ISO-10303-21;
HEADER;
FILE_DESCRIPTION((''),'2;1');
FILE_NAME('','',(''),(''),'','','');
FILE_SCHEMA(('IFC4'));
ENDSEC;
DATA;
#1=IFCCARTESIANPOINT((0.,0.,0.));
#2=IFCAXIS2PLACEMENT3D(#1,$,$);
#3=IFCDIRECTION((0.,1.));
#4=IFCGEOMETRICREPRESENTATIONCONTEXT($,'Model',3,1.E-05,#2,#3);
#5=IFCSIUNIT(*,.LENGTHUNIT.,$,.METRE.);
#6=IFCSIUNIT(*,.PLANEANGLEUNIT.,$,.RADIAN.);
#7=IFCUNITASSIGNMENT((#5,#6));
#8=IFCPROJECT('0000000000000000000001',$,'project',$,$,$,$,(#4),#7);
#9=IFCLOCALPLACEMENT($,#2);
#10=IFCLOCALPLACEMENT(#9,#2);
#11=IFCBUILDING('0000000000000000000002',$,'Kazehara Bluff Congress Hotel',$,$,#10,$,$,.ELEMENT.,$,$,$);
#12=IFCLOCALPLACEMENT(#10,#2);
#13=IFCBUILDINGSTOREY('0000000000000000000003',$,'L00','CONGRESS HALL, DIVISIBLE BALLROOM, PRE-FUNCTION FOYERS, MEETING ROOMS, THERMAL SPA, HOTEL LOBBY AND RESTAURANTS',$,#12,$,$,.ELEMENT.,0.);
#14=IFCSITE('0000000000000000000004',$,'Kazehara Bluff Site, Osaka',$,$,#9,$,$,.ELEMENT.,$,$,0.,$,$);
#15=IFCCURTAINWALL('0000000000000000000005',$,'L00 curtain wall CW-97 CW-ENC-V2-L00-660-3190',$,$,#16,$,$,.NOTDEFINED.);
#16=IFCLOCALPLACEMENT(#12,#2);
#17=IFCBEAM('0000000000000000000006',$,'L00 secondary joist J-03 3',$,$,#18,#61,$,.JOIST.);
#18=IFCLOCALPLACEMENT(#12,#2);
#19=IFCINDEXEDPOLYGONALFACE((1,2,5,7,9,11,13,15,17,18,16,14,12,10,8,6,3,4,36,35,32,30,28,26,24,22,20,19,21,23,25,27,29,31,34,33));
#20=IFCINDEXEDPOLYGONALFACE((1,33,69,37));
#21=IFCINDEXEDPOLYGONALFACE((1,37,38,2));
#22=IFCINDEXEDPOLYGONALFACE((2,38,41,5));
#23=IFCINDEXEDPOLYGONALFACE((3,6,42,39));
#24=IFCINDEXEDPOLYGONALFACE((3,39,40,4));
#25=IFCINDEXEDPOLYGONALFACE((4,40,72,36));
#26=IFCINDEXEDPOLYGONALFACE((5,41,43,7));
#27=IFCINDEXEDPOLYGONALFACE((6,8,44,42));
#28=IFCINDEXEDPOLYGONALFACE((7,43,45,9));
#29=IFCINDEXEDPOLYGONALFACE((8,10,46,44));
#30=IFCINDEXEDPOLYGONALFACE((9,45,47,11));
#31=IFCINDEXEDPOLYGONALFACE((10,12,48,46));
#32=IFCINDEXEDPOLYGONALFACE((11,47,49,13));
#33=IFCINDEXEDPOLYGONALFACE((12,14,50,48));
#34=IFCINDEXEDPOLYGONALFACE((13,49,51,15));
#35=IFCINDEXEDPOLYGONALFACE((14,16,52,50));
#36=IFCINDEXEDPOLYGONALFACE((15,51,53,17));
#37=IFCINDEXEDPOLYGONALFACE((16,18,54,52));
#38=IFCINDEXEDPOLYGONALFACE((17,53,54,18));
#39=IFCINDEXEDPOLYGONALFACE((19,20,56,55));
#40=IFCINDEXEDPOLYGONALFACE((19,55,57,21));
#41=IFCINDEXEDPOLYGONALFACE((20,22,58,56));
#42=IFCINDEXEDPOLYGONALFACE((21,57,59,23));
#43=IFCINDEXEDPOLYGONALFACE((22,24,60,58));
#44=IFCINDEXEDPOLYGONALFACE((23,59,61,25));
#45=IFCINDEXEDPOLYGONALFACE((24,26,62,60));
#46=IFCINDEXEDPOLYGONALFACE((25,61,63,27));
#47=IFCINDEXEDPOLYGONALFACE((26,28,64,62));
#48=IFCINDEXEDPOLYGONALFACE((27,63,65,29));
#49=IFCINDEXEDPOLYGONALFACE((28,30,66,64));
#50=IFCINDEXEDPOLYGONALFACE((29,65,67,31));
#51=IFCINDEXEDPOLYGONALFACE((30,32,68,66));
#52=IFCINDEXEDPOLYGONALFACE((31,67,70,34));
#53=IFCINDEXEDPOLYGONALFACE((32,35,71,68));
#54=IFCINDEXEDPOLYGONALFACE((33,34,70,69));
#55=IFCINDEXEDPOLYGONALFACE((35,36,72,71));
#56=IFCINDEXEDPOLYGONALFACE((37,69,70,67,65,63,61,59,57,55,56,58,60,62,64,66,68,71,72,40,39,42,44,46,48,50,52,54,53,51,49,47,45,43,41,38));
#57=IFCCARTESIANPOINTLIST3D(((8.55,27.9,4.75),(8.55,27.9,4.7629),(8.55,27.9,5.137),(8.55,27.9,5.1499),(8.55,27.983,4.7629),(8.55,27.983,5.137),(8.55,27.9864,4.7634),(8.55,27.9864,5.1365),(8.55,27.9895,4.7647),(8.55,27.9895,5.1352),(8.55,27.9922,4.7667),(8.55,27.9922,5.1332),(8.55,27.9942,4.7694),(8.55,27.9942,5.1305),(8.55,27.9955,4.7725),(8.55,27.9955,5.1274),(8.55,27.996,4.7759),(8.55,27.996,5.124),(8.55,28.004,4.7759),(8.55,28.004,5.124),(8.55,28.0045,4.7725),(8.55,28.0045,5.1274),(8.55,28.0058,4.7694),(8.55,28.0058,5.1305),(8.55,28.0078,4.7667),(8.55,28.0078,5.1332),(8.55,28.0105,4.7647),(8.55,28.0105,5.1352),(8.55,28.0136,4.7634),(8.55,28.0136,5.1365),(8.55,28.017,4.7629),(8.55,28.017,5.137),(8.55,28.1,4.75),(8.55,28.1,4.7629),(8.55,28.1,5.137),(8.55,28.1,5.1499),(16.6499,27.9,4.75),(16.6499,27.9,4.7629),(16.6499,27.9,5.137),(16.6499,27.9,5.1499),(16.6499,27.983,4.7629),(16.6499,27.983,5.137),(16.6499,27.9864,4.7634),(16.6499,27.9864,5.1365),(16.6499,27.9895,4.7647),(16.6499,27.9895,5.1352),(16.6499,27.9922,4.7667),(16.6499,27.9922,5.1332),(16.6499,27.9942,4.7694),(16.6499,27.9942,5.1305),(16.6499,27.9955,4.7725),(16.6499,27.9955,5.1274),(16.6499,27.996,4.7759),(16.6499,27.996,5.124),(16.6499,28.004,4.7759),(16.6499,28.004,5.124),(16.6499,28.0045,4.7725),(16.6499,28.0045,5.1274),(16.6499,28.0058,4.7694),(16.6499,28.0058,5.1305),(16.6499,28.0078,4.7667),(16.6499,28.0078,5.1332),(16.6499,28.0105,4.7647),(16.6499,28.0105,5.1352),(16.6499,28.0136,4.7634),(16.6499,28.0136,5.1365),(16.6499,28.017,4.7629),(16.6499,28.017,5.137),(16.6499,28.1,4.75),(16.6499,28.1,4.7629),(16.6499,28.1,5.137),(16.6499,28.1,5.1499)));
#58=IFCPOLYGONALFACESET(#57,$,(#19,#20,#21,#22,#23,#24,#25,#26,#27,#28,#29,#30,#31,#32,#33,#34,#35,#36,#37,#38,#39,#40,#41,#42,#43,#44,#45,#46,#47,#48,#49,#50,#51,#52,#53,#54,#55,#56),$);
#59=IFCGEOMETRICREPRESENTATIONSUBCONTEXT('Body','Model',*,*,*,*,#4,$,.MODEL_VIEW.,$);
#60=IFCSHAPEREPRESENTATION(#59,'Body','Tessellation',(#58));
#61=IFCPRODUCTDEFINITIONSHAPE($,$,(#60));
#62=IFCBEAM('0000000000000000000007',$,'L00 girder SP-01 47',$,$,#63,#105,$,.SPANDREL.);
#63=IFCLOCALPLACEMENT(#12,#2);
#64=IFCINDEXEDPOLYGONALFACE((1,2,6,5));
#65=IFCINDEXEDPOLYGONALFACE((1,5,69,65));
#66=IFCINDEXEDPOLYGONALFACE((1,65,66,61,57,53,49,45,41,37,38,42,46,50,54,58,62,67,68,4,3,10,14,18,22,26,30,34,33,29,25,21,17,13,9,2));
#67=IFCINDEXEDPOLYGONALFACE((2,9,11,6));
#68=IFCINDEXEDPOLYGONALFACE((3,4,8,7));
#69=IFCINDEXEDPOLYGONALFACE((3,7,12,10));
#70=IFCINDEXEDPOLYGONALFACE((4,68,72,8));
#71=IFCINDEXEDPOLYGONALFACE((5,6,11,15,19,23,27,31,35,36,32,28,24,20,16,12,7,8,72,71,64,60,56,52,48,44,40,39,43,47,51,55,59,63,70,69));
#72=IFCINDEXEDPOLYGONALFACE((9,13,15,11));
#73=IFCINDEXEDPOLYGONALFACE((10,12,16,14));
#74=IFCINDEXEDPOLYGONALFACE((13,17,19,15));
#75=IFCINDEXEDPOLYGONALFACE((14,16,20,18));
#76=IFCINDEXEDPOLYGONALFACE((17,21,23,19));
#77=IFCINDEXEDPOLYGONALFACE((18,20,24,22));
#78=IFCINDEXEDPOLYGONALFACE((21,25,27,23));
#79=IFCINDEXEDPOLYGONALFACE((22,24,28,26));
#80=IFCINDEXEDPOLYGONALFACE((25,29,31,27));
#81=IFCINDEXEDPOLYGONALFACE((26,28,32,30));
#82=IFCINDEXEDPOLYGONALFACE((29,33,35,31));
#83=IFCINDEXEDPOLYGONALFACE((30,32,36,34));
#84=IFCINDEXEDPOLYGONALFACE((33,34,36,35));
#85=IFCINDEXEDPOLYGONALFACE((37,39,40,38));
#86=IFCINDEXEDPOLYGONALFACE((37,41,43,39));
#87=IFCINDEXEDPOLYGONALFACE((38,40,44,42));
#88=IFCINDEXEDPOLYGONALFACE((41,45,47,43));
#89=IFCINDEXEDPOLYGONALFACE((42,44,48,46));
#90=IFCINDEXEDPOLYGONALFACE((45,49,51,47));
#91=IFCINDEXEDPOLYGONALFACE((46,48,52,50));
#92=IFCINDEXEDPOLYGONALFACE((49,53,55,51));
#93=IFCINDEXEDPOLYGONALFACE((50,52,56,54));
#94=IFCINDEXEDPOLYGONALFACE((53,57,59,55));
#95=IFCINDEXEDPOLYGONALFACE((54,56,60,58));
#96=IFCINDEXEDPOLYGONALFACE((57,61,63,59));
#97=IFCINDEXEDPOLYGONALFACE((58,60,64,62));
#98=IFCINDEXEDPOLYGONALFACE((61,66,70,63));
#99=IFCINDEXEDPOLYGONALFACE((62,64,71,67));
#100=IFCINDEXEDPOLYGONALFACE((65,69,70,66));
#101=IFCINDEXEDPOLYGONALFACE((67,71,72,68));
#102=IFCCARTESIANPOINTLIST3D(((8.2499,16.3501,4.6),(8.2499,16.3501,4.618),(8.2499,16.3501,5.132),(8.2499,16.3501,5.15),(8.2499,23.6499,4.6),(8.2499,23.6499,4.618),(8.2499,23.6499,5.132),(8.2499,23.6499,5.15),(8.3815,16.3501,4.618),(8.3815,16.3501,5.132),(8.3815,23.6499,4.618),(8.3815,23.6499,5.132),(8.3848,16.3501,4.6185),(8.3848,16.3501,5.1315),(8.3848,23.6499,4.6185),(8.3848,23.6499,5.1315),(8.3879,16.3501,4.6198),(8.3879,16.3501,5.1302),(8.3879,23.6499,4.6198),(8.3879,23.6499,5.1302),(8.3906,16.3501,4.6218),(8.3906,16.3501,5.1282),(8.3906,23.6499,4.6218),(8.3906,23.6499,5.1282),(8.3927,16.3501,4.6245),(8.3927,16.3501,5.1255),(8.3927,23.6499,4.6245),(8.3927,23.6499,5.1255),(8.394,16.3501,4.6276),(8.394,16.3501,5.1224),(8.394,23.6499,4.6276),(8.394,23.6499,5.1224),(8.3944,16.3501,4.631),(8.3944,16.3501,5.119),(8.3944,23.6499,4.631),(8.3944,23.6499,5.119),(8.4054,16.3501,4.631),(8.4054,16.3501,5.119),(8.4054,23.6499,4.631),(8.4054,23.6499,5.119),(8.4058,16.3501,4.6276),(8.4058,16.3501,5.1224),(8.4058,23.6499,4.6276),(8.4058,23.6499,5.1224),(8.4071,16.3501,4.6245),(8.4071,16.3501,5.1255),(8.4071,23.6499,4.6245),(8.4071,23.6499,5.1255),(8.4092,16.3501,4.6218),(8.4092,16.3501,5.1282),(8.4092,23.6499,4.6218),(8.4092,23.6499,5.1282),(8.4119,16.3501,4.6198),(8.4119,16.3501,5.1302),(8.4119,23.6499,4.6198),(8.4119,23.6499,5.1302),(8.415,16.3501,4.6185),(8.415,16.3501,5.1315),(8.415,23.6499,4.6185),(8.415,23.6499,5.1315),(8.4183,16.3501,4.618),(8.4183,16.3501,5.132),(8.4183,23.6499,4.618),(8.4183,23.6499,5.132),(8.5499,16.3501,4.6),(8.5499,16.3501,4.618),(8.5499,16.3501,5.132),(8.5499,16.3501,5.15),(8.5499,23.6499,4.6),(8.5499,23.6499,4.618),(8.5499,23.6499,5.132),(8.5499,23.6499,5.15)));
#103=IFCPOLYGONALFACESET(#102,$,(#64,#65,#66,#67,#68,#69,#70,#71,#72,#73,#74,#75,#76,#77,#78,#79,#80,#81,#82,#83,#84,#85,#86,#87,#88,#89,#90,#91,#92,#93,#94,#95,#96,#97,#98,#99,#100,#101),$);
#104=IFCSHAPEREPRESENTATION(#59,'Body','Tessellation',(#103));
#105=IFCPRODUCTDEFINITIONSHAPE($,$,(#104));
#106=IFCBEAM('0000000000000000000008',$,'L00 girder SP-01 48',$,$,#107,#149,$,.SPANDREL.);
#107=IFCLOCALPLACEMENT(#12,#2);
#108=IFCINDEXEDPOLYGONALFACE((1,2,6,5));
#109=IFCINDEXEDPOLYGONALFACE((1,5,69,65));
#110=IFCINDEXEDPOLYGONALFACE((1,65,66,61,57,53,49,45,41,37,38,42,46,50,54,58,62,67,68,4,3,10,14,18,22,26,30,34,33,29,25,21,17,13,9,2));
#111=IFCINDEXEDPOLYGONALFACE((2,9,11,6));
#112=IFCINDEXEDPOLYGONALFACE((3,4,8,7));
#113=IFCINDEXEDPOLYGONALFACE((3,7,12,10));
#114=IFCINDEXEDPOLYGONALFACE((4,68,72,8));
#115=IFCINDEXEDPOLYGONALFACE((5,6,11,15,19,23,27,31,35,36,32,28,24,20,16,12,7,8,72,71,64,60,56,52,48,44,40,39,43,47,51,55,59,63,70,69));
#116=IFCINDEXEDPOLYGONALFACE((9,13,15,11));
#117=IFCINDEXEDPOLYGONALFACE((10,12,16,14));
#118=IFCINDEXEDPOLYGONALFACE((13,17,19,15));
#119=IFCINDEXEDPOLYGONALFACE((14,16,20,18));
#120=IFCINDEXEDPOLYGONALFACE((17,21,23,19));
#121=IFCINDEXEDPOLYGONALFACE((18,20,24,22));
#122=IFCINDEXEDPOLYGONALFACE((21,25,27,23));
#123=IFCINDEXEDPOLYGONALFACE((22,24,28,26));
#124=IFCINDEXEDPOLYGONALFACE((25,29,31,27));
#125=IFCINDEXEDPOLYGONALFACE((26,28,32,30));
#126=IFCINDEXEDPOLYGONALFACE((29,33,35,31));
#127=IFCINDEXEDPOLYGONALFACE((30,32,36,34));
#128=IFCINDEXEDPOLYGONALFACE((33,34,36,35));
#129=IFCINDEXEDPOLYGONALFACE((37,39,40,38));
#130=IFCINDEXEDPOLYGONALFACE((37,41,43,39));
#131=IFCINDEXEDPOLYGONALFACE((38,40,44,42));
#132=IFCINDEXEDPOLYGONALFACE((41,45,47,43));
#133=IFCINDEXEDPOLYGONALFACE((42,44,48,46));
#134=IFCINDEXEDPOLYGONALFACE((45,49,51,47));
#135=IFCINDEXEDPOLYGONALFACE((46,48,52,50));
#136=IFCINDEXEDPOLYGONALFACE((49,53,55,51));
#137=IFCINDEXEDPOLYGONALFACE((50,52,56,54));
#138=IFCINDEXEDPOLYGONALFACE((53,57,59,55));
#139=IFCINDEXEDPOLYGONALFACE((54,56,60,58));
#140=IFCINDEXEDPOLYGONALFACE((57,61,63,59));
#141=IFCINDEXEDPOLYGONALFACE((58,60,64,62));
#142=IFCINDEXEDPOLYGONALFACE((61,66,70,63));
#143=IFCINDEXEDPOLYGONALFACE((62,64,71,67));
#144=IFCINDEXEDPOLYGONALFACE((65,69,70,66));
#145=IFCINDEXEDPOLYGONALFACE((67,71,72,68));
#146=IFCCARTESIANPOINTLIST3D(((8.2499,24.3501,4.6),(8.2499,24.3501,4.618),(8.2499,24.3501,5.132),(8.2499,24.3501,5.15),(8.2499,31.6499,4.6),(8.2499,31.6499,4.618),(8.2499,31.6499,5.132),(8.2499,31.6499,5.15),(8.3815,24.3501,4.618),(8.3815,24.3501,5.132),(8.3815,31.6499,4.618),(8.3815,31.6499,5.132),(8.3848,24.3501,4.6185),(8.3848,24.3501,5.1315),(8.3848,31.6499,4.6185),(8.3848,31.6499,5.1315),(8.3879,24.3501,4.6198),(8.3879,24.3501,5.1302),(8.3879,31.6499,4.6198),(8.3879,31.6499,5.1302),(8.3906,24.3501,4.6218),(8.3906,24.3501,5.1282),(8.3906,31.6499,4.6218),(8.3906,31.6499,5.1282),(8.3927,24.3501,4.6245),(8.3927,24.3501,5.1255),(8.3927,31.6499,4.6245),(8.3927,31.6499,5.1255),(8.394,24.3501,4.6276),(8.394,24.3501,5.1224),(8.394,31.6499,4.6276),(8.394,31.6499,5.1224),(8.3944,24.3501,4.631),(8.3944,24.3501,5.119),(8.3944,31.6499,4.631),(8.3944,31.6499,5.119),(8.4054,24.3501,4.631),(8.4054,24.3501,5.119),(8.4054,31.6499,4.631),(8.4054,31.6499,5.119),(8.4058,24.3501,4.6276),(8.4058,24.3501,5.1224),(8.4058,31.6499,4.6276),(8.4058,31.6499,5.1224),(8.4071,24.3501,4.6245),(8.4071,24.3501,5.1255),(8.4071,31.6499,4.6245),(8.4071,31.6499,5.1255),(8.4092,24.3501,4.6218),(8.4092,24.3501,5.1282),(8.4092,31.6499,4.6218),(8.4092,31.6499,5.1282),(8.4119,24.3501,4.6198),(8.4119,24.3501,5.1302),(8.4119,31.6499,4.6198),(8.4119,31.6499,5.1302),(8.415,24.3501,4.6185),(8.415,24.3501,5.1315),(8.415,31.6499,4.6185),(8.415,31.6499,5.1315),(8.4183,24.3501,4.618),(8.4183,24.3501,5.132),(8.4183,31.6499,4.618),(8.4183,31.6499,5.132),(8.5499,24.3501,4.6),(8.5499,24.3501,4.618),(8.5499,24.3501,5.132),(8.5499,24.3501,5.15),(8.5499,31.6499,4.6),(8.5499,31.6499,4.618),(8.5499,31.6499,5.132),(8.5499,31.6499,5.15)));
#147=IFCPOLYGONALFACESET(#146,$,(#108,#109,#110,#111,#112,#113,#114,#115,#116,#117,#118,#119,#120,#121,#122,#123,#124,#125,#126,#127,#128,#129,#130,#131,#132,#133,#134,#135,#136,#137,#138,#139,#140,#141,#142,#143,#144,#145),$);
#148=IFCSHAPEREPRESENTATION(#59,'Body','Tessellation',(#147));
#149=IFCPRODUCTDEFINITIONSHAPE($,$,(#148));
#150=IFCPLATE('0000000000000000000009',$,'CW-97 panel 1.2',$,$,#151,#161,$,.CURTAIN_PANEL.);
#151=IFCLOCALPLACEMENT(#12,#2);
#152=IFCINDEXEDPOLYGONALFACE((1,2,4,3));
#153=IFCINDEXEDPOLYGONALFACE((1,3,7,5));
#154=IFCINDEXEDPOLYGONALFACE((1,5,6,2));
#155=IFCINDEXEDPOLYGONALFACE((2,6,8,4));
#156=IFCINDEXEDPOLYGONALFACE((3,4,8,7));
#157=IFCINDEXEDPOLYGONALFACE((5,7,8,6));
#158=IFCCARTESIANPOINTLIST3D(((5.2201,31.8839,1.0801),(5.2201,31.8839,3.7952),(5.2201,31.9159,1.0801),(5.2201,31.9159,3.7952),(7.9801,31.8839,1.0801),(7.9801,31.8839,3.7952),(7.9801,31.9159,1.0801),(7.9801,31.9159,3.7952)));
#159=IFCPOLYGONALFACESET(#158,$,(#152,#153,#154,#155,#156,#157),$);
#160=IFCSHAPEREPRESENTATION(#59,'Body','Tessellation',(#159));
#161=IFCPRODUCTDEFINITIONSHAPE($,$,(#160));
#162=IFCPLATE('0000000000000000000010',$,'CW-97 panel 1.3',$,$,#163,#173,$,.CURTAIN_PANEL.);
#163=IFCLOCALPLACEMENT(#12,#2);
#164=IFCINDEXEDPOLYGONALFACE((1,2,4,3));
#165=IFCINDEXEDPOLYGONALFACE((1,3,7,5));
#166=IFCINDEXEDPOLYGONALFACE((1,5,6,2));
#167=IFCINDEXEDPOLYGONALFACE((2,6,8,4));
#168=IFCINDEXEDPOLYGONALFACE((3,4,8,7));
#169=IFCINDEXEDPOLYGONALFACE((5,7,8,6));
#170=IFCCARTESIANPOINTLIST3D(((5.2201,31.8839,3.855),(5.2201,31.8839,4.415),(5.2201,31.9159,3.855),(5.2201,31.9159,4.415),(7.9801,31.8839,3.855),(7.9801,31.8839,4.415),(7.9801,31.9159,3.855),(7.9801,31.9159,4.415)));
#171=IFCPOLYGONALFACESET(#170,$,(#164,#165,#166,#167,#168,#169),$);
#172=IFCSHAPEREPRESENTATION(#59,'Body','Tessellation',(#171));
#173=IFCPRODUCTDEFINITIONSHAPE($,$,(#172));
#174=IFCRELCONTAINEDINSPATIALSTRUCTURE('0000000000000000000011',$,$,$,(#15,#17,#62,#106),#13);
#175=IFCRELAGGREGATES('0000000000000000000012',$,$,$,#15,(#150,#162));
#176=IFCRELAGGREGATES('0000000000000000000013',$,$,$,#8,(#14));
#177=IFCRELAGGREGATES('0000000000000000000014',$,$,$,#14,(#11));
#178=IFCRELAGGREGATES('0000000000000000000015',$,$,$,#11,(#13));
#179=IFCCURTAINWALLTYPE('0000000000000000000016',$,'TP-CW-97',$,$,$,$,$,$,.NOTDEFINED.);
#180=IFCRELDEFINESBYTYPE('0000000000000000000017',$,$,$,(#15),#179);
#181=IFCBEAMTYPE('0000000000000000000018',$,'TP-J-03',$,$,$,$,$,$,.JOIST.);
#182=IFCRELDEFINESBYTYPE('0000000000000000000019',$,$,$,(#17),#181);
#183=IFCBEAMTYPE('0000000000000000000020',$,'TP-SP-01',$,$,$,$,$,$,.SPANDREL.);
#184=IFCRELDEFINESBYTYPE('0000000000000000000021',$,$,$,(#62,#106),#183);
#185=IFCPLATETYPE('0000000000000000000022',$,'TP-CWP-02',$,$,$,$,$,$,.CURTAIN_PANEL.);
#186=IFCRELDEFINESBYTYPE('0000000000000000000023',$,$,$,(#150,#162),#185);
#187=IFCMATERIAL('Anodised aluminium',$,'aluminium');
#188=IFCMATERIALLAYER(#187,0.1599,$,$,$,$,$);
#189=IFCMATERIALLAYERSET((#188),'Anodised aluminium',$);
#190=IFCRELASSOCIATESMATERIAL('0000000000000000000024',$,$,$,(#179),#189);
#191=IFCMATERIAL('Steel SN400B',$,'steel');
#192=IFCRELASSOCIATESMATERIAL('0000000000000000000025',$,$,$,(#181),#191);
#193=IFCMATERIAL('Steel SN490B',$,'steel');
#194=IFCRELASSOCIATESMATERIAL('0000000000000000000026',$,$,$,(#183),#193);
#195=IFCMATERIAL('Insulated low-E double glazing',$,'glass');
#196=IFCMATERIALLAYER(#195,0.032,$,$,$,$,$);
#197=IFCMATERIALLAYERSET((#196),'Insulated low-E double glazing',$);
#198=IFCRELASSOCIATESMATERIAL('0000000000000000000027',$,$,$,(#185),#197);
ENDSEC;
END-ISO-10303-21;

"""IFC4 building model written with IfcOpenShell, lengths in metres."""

from ifc_helpers import new_model, si_unit, direction, frame, origin, origin_2d, place, context, subcontext, project, spatial, rectangle, i_section, extrude, material, layer, layer_set, material_profile, profile_set, type_object, element, aggregate, save


model = new_model("IFC4")

# Units and contexts
model_context = context("Model", 3, precision=1e-05, world=origin(), true_north=direction((0.0, 1.0)))
body_context = subcontext(model_context, "Body", "Model", "MODEL_VIEW")
ifc_project = project(units=[si_unit("LENGTHUNIT", "METRE"), si_unit("PLANEANGLEUNIT", "RADIAN")], contexts=[model_context])

# Site, building, storey
site_placement = place(None, origin())
site = spatial("IfcSite", under=ifc_project, at=site_placement, Name="Kazehara Bluff Site, Osaka", CompositionType="ELEMENT", RefElevation=0.0)
building_placement = place(site_placement, origin())
building = spatial("IfcBuilding", under=site, at=building_placement, Name="Kazehara Bluff Congress Hotel", CompositionType="ELEMENT")
storey_placement = place(building_placement, origin())
storey = spatial("IfcBuildingStorey", under=building, at=storey_placement, Name="L00", Description="CONGRESS HALL, DIVISIBLE BALLROOM, PRE-FUNCTION FOYERS, MEETING ROOMS, THERMAL SPA, HOTEL LOBBY AND RESTAURANTS", CompositionType="ELEMENT", Elevation=0.0)

# Curtain wall
ifc_material_1 = material(Name="Anodised aluminium", Category="aluminium")
ifc_layer_1 = layer(ifc_material_1, 0.1599)
ifc_layer_set_1 = layer_set([ifc_layer_1], Name="Anodised aluminium")
curtain_wall_type_1 = type_object("IfcCurtainWallType", Name="TP-CW-97", PredefinedType="NOTDEFINED", material=ifc_layer_set_1)
curtain_wall_1_placement = place(storey_placement, origin())
curtain_wall_1 = element("IfcCurtainWall", 1, at=curtain_wall_1_placement, inside=storey, type_object=curtain_wall_type_1, Name="L00 curtain wall CW-97 CW-ENC-V2-L00-660-3190", PredefinedType="NOTDEFINED")

# Beams
ifc_material_2 = material(Name="Steel SN400B", Category="steel")
ifc_material_profile_1 = material_profile(ifc_material_2, i_section(OverallWidth=0.2, OverallDepth=0.3999, WebThickness=0.0081, FlangeThickness=0.0129, FilletRadius=0.0129, at=origin_2d()))
ifc_profile_set_1 = profile_set([ifc_material_profile_1], Name="Steel SN400B")
beam_type_1 = type_object("IfcBeamType", Name="TP-J-03", PredefinedType="JOIST", material=ifc_profile_set_1)
for number, where, z_axis, x_axis, name in (
    (2, (8.55, 28.0, 4.95), (1.0, 0.0, 0.0), (0.0, 1.0, 0.0), "L00 secondary joist J-03 3"),
):
    element("IfcBeam", number, at=place(storey_placement, frame(where, z_axis=z_axis, x_axis=x_axis)), inside=storey, type_object=beam_type_1, Name=name, PredefinedType="JOIST", context=body_context, shape_type="SweptSolid", body=[
        extrude(i_section(OverallWidth=0.2, OverallDepth=0.3999, WebThickness=0.0081, FlangeThickness=0.0129, FilletRadius=0.0129, at=origin_2d()), origin(), (0.0, 0.0, 1.0), 8.0999),
    ])
ifc_material_3 = material(Name="Steel SN490B", Category="steel")
ifc_material_profile_2 = material_profile(ifc_material_3, i_section(OverallWidth=0.3, OverallDepth=0.55, WebThickness=0.011, FlangeThickness=0.0181, FilletRadius=0.0129, at=origin_2d()))
ifc_profile_set_2 = profile_set([ifc_material_profile_2], Name="Steel SN490B")
beam_type_2 = type_object("IfcBeamType", Name="TP-SP-01", PredefinedType="SPANDREL", material=ifc_profile_set_2)
for number, where, z_axis, x_axis, name in (
    (3, (8.3999, 16.3501, 4.875), (0.0, 1.0, 0.0), (-1.0, 0.0, 0.0), "L00 girder SP-01 47"),
    (4, (8.3999, 24.3501, 4.875), (0.0, 1.0, 0.0), (-1.0, 0.0, 0.0), "L00 girder SP-01 48"),
):
    element("IfcBeam", number, at=place(storey_placement, frame(where, z_axis=z_axis, x_axis=x_axis)), inside=storey, type_object=beam_type_2, Name=name, PredefinedType="SPANDREL", context=body_context, shape_type="SweptSolid", body=[
        extrude(i_section(OverallWidth=0.3, OverallDepth=0.55, WebThickness=0.011, FlangeThickness=0.0181, FilletRadius=0.0129, at=origin_2d()), origin(), (0.0, 0.0, 1.0), 7.2998),
    ])

# Plates
ifc_material_4 = material(Name="Insulated low-E double glazing", Category="glass")
ifc_layer_2 = layer(ifc_material_4, 0.032)
ifc_layer_set_2 = layer_set([ifc_layer_2], Name="Insulated low-E double glazing")
plate_type = type_object("IfcPlateType", Name="TP-CWP-02", PredefinedType="CURTAIN_PANEL", material=ifc_layer_set_2)
plate_1_placement = place(storey_placement, frame((6.6001, 31.8999, 1.0801), z_axis=(0.0, 0.0, 1.0), x_axis=(1.0, 0.0, 0.0)))
plate_1 = element("IfcPlate", 5, at=plate_1_placement, type_object=plate_type, Name="CW-97 panel 1.2", PredefinedType="CURTAIN_PANEL", context=body_context, shape_type="SweptSolid", body=[
    extrude(rectangle(XDim=2.76, YDim=0.032, at=origin_2d()), origin(), (0.0, 0.0, 1.0), 2.7151),
])
plate_2_placement = place(storey_placement, frame((6.6001, 31.8999, 3.855), z_axis=(0.0, 0.0, 1.0), x_axis=(1.0, 0.0, 0.0)))
plate_2 = element("IfcPlate", 6, at=plate_2_placement, type_object=plate_type, Name="CW-97 panel 1.3", PredefinedType="CURTAIN_PANEL", context=body_context, shape_type="SweptSolid", body=[
    extrude(rectangle(XDim=2.76, YDim=0.032, at=origin_2d()), origin(), (0.0, 0.0, 1.0), 0.5601),
])
aggregate(curtain_wall_1, [plate_1, plate_2])

save(model, "model.ifc")
